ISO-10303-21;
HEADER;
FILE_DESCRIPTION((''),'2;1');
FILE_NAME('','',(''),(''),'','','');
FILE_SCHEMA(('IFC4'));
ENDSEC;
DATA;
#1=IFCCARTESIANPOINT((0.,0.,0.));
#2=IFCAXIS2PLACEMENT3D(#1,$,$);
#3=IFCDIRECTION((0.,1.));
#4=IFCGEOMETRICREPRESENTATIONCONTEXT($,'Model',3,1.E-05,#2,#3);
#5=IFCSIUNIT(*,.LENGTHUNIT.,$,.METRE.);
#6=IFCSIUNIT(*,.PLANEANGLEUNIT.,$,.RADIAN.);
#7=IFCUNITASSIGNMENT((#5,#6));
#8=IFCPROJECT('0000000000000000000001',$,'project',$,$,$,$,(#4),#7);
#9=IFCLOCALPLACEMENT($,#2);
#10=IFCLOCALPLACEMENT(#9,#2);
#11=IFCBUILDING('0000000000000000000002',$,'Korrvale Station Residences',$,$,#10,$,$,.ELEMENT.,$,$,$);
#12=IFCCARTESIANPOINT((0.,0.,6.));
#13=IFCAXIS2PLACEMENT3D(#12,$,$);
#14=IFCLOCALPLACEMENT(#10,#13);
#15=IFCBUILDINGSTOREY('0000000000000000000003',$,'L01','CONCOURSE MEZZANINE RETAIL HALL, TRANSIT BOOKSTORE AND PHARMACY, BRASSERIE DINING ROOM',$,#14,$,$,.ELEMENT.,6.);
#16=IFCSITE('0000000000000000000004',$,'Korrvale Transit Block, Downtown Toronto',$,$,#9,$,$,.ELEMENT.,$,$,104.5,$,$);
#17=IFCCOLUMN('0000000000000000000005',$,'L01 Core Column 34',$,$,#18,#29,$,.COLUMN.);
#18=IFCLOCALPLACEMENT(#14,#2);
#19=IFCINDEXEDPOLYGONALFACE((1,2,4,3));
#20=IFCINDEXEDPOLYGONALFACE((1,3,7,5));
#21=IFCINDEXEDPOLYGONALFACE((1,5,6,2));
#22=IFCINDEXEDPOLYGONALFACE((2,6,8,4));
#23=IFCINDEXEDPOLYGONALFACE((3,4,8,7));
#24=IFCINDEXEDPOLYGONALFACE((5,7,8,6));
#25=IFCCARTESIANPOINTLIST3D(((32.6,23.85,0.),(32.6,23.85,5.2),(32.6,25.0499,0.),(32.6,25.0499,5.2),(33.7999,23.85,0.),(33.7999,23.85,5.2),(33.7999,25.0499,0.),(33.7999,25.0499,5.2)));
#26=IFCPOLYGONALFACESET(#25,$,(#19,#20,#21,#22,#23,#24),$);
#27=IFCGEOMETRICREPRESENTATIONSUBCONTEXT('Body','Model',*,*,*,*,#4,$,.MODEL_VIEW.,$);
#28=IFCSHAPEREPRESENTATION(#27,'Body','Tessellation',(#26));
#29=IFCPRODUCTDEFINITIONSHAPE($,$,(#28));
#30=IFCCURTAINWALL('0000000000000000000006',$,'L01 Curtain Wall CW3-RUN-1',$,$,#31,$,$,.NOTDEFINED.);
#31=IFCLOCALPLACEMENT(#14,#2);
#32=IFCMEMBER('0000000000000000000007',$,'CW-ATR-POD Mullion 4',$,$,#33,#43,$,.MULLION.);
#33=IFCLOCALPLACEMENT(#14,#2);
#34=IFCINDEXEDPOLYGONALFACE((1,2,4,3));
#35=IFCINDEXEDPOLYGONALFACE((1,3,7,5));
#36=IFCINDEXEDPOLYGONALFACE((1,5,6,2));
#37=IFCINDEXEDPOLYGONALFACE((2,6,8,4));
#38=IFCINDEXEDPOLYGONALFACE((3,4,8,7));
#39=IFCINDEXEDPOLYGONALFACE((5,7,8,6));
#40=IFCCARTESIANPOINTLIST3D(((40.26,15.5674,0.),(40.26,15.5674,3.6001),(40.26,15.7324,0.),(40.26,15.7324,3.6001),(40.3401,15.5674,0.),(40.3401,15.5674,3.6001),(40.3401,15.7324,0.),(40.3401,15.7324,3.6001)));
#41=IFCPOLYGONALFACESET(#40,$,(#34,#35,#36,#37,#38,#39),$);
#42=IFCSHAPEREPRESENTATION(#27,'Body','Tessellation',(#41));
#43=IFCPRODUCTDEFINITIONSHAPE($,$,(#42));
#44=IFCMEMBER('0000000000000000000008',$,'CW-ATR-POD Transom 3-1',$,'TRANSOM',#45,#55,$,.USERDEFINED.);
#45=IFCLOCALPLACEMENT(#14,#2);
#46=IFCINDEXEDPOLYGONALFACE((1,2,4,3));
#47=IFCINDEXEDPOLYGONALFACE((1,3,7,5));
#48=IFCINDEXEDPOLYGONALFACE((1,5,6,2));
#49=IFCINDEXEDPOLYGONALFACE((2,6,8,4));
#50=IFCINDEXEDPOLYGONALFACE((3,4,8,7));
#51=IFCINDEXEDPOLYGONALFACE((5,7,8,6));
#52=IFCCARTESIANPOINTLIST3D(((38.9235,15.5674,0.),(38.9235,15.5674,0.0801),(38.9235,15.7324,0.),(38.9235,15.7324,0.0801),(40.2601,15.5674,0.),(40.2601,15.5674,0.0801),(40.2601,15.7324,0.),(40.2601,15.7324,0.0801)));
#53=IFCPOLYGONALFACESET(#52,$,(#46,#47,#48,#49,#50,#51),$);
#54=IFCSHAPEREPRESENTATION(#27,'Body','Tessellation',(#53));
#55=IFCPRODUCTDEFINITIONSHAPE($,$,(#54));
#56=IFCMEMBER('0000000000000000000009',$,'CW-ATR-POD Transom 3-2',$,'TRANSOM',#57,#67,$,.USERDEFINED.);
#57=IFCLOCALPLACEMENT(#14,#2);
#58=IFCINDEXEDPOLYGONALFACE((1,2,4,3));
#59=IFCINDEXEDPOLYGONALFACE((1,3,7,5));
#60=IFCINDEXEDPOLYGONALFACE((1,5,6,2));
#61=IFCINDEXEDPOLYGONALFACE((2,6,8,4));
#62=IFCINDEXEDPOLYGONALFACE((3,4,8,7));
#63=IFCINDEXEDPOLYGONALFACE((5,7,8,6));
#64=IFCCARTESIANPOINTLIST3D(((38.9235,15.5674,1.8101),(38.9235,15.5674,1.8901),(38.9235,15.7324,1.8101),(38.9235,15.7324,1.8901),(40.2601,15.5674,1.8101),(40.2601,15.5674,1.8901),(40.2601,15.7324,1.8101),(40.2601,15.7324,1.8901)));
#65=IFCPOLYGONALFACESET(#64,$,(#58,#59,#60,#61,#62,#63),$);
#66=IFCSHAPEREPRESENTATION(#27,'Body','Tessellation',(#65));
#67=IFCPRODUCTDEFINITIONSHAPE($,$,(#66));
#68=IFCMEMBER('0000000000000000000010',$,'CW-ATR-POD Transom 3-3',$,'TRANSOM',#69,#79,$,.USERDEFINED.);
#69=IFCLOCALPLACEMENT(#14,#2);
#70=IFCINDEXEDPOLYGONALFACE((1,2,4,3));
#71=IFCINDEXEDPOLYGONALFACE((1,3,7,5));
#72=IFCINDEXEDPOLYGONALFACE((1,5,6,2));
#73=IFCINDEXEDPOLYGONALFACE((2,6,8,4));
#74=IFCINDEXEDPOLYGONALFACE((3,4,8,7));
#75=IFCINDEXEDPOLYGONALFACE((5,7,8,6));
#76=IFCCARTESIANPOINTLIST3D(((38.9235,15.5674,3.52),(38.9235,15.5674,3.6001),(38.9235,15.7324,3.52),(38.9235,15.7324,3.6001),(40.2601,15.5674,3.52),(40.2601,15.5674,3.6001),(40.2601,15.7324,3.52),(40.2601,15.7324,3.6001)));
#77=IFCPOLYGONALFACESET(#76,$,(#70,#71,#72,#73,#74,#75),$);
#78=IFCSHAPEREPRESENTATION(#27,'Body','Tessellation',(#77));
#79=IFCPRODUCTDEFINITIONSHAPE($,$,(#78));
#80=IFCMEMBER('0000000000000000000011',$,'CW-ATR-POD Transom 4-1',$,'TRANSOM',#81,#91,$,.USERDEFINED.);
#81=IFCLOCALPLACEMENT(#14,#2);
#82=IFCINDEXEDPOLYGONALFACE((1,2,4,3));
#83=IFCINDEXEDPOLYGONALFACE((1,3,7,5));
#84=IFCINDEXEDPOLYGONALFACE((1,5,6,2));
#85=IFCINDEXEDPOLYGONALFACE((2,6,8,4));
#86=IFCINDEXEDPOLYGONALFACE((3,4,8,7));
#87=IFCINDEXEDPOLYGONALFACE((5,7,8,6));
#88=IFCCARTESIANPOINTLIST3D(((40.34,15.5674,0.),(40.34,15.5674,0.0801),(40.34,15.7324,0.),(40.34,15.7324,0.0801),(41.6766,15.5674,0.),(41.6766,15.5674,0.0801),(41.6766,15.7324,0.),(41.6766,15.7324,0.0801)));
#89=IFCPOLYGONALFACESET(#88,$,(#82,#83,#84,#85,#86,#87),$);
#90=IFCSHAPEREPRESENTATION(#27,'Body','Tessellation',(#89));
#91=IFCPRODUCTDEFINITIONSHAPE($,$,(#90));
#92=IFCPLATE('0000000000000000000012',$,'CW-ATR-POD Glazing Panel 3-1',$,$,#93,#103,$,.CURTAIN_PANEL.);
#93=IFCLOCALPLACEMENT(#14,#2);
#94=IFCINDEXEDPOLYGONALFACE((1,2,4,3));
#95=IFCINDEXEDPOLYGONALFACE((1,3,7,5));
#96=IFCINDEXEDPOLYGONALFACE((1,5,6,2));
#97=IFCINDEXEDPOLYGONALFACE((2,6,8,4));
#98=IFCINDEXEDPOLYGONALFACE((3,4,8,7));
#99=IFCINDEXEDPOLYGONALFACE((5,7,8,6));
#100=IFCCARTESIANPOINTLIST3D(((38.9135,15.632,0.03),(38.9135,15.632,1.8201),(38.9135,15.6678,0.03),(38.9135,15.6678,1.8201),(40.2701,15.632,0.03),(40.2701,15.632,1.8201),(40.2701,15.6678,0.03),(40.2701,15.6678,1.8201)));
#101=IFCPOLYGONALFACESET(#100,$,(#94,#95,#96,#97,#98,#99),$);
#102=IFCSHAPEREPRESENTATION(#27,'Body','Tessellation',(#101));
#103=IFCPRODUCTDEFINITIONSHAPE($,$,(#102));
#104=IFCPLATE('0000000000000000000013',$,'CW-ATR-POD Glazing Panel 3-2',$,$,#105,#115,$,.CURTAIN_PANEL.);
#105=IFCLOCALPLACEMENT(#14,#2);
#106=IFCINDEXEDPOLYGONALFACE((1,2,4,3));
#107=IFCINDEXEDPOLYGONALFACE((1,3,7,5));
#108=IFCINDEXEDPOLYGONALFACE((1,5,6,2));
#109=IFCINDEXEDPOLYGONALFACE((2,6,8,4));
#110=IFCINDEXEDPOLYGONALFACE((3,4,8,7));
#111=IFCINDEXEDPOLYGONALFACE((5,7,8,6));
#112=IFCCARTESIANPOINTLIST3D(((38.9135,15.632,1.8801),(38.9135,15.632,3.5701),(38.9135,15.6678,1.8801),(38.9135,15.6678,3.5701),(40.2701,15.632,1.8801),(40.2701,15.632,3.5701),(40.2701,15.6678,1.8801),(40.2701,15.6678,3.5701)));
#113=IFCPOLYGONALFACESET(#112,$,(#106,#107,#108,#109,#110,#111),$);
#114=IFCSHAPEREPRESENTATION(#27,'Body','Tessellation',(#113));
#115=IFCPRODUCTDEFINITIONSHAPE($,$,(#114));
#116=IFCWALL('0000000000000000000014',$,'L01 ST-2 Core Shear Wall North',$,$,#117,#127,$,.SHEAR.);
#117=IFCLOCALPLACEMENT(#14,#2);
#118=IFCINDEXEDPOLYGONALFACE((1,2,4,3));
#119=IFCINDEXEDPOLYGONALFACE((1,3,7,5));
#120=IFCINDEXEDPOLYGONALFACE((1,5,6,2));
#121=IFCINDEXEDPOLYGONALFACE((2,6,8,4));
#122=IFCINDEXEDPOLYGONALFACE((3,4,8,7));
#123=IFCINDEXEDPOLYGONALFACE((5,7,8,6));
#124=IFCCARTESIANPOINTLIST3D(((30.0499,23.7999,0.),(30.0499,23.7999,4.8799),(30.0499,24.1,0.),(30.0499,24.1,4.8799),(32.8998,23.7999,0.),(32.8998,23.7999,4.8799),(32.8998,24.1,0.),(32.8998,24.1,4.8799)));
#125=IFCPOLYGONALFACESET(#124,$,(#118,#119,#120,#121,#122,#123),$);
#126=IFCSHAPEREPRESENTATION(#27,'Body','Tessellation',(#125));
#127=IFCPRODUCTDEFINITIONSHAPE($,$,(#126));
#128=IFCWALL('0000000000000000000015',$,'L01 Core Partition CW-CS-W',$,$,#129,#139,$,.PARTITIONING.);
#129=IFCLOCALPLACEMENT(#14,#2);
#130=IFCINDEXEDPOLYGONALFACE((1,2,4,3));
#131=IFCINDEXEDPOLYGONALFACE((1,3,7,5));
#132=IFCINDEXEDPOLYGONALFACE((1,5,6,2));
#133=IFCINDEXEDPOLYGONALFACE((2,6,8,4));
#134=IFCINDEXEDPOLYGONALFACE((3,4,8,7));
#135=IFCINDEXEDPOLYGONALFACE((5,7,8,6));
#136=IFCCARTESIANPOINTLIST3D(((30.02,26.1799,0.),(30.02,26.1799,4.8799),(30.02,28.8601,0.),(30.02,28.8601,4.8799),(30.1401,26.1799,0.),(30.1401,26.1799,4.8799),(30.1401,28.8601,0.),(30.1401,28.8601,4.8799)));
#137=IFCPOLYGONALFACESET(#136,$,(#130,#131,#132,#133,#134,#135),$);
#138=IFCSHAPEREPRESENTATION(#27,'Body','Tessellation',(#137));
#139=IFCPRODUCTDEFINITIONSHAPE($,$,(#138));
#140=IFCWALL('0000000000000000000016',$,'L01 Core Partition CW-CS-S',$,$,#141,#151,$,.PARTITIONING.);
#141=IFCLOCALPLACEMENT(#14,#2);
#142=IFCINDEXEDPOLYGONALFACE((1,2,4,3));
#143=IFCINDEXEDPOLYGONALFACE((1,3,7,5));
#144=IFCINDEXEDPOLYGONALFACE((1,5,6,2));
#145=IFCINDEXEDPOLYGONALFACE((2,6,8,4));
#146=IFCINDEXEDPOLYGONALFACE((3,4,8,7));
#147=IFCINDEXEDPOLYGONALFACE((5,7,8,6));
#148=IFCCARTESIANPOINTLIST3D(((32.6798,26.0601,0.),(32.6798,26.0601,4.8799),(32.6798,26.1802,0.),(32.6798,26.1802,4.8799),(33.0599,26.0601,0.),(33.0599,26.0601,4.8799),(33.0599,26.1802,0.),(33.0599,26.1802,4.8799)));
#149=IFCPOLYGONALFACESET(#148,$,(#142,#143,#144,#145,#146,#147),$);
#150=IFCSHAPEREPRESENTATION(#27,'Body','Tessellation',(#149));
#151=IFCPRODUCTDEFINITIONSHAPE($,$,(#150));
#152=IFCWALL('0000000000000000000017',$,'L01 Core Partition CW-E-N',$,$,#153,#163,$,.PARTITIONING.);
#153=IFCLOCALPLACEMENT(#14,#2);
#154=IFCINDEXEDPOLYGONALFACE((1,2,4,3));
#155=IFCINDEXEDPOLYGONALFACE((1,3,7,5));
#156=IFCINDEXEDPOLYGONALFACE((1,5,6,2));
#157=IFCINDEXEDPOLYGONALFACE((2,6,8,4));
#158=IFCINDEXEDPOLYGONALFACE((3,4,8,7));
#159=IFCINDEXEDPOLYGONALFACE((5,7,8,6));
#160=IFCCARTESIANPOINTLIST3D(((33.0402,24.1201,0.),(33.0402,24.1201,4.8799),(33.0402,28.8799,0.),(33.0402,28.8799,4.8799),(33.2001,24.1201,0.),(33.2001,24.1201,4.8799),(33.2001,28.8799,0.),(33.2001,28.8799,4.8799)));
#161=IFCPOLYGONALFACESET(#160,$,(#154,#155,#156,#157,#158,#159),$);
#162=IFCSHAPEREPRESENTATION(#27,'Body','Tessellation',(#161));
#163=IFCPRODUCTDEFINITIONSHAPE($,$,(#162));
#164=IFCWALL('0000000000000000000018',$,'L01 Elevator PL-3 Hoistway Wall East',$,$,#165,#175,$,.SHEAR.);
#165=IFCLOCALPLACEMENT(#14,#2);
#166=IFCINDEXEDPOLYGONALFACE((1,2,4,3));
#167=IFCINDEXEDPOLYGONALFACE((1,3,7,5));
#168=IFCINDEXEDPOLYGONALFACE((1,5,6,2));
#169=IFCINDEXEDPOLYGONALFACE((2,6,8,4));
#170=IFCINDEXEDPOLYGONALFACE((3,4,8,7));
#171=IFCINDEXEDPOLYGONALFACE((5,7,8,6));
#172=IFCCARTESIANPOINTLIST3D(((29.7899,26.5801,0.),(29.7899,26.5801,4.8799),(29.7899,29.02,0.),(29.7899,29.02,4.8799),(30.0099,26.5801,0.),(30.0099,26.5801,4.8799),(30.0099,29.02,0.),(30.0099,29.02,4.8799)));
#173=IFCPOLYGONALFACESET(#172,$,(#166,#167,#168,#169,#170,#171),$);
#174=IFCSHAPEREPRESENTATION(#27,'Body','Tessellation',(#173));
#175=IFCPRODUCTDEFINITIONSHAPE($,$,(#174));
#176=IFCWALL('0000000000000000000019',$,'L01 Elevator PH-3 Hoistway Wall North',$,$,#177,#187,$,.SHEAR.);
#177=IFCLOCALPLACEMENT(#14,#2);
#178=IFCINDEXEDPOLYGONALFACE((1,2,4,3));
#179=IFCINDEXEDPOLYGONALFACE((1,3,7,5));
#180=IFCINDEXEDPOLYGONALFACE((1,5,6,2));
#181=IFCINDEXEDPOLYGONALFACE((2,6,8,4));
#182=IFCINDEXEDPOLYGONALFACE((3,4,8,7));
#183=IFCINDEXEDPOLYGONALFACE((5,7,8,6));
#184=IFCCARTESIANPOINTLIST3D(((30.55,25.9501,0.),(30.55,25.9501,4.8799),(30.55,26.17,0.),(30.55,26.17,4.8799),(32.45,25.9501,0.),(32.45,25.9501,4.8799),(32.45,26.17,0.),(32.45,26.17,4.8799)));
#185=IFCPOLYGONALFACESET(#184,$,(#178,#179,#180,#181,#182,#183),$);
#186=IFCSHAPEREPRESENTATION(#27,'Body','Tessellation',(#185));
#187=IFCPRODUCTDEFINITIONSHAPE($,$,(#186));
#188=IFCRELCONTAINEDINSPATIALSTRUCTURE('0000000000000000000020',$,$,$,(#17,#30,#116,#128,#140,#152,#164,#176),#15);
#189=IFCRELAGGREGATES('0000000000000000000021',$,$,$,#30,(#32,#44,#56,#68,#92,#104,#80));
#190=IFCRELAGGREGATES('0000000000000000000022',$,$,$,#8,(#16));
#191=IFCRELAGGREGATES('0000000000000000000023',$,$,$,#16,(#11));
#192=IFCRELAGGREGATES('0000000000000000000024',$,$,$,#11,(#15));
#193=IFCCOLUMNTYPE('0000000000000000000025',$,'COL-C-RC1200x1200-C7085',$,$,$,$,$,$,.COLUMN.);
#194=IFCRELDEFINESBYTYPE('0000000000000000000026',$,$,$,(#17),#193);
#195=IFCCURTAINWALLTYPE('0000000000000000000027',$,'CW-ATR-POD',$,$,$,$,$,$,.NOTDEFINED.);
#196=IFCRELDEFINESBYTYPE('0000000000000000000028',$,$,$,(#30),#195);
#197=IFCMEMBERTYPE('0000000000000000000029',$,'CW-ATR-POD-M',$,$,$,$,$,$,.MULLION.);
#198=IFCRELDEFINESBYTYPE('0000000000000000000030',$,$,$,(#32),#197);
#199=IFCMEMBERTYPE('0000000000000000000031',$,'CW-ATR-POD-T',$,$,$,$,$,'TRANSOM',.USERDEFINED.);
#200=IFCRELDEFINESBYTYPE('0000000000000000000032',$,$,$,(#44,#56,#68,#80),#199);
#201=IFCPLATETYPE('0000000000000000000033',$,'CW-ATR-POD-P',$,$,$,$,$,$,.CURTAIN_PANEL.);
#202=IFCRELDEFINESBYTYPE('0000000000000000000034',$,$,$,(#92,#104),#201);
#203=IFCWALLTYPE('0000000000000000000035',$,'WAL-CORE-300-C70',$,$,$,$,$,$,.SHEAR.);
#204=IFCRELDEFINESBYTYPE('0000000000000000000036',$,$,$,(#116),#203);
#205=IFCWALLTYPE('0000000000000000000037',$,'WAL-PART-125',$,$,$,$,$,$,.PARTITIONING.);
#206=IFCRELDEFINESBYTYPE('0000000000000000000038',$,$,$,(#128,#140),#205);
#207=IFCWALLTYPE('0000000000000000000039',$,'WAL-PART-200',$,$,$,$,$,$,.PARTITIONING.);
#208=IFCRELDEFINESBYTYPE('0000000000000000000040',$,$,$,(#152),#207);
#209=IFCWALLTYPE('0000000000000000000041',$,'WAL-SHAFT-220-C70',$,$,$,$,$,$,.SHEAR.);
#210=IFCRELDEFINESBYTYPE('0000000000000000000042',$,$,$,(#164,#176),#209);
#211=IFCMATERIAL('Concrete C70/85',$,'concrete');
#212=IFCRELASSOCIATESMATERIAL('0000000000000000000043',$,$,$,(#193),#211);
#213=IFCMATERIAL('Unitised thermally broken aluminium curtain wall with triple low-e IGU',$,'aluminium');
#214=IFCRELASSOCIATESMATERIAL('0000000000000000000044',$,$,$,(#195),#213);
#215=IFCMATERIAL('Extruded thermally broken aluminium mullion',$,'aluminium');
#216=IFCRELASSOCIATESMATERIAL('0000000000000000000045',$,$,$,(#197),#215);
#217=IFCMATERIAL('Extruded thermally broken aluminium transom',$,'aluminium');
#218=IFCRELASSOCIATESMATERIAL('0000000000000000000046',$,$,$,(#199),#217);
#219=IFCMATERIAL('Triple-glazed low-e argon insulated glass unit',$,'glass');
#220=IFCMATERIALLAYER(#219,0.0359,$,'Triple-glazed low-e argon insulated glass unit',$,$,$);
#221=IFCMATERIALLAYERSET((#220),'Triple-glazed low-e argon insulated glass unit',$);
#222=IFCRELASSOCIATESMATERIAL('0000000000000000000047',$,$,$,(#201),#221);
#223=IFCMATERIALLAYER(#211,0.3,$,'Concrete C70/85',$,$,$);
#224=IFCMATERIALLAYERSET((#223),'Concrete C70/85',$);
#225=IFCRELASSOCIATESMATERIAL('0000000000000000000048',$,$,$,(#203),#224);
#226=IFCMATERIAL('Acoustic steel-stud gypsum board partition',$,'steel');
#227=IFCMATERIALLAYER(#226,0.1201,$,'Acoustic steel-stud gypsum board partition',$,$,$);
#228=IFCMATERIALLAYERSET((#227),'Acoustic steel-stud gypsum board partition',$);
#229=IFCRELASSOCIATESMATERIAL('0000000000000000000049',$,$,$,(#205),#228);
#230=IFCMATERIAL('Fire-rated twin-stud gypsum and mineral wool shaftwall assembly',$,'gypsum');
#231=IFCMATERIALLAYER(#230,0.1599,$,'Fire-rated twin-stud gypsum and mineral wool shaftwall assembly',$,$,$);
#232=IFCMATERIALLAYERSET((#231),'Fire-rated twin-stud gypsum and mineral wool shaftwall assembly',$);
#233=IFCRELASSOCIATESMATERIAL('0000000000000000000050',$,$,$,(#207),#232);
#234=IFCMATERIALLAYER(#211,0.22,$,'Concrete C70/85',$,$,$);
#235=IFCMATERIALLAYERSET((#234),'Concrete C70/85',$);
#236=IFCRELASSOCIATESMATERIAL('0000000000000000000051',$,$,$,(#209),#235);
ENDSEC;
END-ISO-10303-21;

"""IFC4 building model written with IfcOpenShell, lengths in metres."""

from ifc_helpers import new_model, si_unit, direction, frame, frame_2d, origin, origin_2d, place, context, subcontext, project, spatial, rectangle, extrude, material, layer, layer_set, material_profile, profile_set, type_object, element, aggregate, save


model = new_model("IFC4")

# Units and contexts
model_context = context("Model", 3, precision=1e-05, world=origin(), true_north=direction((0.0, 1.0)))
body_context = subcontext(model_context, "Body", "Model", "MODEL_VIEW")
ifc_project = project(units=[si_unit("LENGTHUNIT", "METRE"), si_unit("PLANEANGLEUNIT", "RADIAN")], contexts=[model_context])

# Site, building, storey
site_placement = place(None, origin())
site = spatial("IfcSite", under=ifc_project, at=site_placement, Name="Korrvale Transit Block, Downtown Toronto", CompositionType="ELEMENT", RefElevation=104.5)
building_placement = place(site_placement, origin())
building = spatial("IfcBuilding", under=site, at=building_placement, Name="Korrvale Station Residences", CompositionType="ELEMENT")
storey_placement = place(building_placement, frame((0.0, 0.0, 6.0)))
storey = spatial("IfcBuildingStorey", under=building, at=storey_placement, Name="L01", Description="CONCOURSE MEZZANINE RETAIL HALL, TRANSIT BOOKSTORE AND PHARMACY, BRASSERIE DINING ROOM", CompositionType="ELEMENT", Elevation=6.0)

# Column
ifc_material_1 = material(Name="Concrete C70/85", Category="concrete")
ifc_material_profile = material_profile(ifc_material_1, rectangle(XDim=1.2, YDim=1.2, at=origin_2d()), Name="RC1200x1200")
ifc_profile_set = profile_set([ifc_material_profile], Name="Concrete C70/85")
column_type = type_object("IfcColumnType", Name="COL-C-RC1200x1200-C7085", PredefinedType="COLUMN", material=ifc_profile_set)
column_placement = place(storey_placement, frame((33.2, 24.45, 0.0), z_axis=(0.0, 0.0, 1.0), x_axis=(1.0, 0.0, 0.0)))
element("IfcColumn", 1, at=column_placement, inside=storey, type_object=column_type, Name="L01 Core Column 34", PredefinedType="COLUMN", context=body_context, shape_type="SweptSolid", body=[
    extrude(rectangle(XDim=1.2, YDim=1.2, at=origin_2d()), origin(), (0.0, 0.0, 1.0), 5.2),
])

# Curtain wall, members, plates
ifc_material_2 = material(Name="Unitised thermally broken aluminium curtain wall with triple low-e IGU", Category="aluminium")
curtain_wall_type = type_object("IfcCurtainWallType", Name="CW-ATR-POD", PredefinedType="NOTDEFINED", material=ifc_material_2)
curtain_wall_placement = place(storey_placement, origin())
curtain_wall = element("IfcCurtainWall", 2, at=curtain_wall_placement, inside=storey, type_object=curtain_wall_type, Name="L01 Curtain Wall CW3-RUN-1", PredefinedType="NOTDEFINED")
ifc_material_3 = material(Name="Extruded thermally broken aluminium mullion", Category="aluminium")
member_type_1 = type_object("IfcMemberType", Name="CW-ATR-POD-M", PredefinedType="MULLION", material=ifc_material_3)
member_1_placement = place(storey_placement, frame((40.3, 15.6499, 0.0), z_axis=(0.0, 0.0, 1.0), x_axis=(1.0, 0.0, 0.0)))
member_1 = element("IfcMember", 3, at=member_1_placement, type_object=member_type_1, Name="CW-ATR-POD Mullion 4", PredefinedType="MULLION", context=body_context, shape_type="SweptSolid", body=[
    extrude(rectangle(XDim=0.0801, YDim=0.165, at=origin_2d()), origin(), (0.0, 0.0, 1.0), 3.6001),
])
ifc_material_4 = material(Name="Extruded thermally broken aluminium transom", Category="aluminium")
member_type_2 = type_object("IfcMemberType", Name="CW-ATR-POD-T", ElementType="TRANSOM", PredefinedType="USERDEFINED", material=ifc_material_4)
member_2_placement = place(storey_placement, frame((39.5918, 15.6499, 0.0), z_axis=(0.0, 0.0, 1.0), x_axis=(1.0, 0.0, 0.0)))
member_2 = element("IfcMember", 4, at=member_2_placement, type_object=member_type_2, Name="CW-ATR-POD Transom 3-1", ObjectType="TRANSOM", PredefinedType="USERDEFINED", context=body_context, shape_type="SweptSolid", body=[
    extrude(rectangle(XDim=1.3367, YDim=0.165, at=origin_2d()), origin(), (0.0, 0.0, 1.0), 0.0801),
])
member_3_placement = place(storey_placement, frame((39.5918, 15.6499, 1.8101), z_axis=(0.0, 0.0, 1.0), x_axis=(1.0, 0.0, 0.0)))
member_3 = element("IfcMember", 5, at=member_3_placement, type_object=member_type_2, Name="CW-ATR-POD Transom 3-2", ObjectType="TRANSOM", PredefinedType="USERDEFINED", context=body_context, shape_type="SweptSolid", body=[
    extrude(rectangle(XDim=1.3367, YDim=0.165, at=origin_2d()), origin(), (0.0, 0.0, 1.0), 0.0801),
])
member_4_placement = place(storey_placement, frame((39.5918, 15.6499, 3.52), z_axis=(0.0, 0.0, 1.0), x_axis=(1.0, 0.0, 0.0)))
member_4 = element("IfcMember", 6, at=member_4_placement, type_object=member_type_2, Name="CW-ATR-POD Transom 3-3", ObjectType="TRANSOM", PredefinedType="USERDEFINED", context=body_context, shape_type="SweptSolid", body=[
    extrude(rectangle(XDim=1.3367, YDim=0.165, at=origin_2d()), origin(), (0.0, 0.0, 1.0), 0.0801),
])
member_5_placement = place(storey_placement, frame((41.0083, 15.6499, 0.0), z_axis=(0.0, 0.0, 1.0), x_axis=(1.0, 0.0, 0.0)))
member_5 = element("IfcMember", 7, at=member_5_placement, type_object=member_type_2, Name="CW-ATR-POD Transom 4-1", ObjectType="TRANSOM", PredefinedType="USERDEFINED", context=body_context, shape_type="SweptSolid", body=[
    extrude(rectangle(XDim=1.3367, YDim=0.165, at=origin_2d()), origin(), (0.0, 0.0, 1.0), 0.0801),
])
ifc_material_5 = material(Name="Triple-glazed low-e argon insulated glass unit", Category="glass")
ifc_layer_1 = layer(ifc_material_5, 0.0359, Name="Triple-glazed low-e argon insulated glass unit")
ifc_layer_set_1 = layer_set([ifc_layer_1], Name="Triple-glazed low-e argon insulated glass unit")
plate_type = type_object("IfcPlateType", Name="CW-ATR-POD-P", PredefinedType="CURTAIN_PANEL", material=ifc_layer_set_1)
plate_1_placement = place(storey_placement, frame((39.5918, 15.6499, 0.03), z_axis=(0.0, 0.0, 1.0), x_axis=(1.0, 0.0, 0.0)))
plate_1 = element("IfcPlate", 8, at=plate_1_placement, type_object=plate_type, Name="CW-ATR-POD Glazing Panel 3-1", PredefinedType="CURTAIN_PANEL", context=body_context, shape_type="SweptSolid", body=[
    extrude(rectangle(XDim=1.3567, YDim=0.0359, at=origin_2d()), origin(), (0.0, 0.0, 1.0), 1.79),
])
plate_2_placement = place(storey_placement, frame((39.5918, 15.6499, 1.8801), z_axis=(0.0, 0.0, 1.0), x_axis=(1.0, 0.0, 0.0)))
plate_2 = element("IfcPlate", 9, at=plate_2_placement, type_object=plate_type, Name="CW-ATR-POD Glazing Panel 3-2", PredefinedType="CURTAIN_PANEL", context=body_context, shape_type="SweptSolid", body=[
    extrude(rectangle(XDim=1.3567, YDim=0.0359, at=origin_2d()), origin(), (0.0, 0.0, 1.0), 1.6899),
])
aggregate(curtain_wall, [member_1, member_2, member_3, member_4, plate_1, plate_2, member_5])

# Walls
ifc_layer_2 = layer(ifc_material_1, 0.3, Name="Concrete C70/85")
ifc_layer_set_2 = layer_set([ifc_layer_2], Name="Concrete C70/85")
wall_type_1 = type_object("IfcWallType", Name="WAL-CORE-300-C70", PredefinedType="SHEAR", material=ifc_layer_set_2)
wall_1_placement = place(storey_placement, frame((30.05, 23.95, 0.0), z_axis=(0.0, 0.0, 1.0), x_axis=(1.0, 0.0, 0.0)))
element("IfcWall", 10, at=wall_1_placement, inside=storey, type_object=wall_type_1, Name="L01 ST-2 Core Shear Wall North", PredefinedType="SHEAR", context=body_context, shape_type="SweptSolid", body=[
    extrude(rectangle(XDim=2.8499, YDim=0.3, at=frame_2d((1.4248, 0.0))), origin(), (0.0, 0.0, 1.0), 4.8799),
])
ifc_material_6 = material(Name="Acoustic steel-stud gypsum board partition", Category="steel")
ifc_layer_3 = layer(ifc_material_6, 0.1201, Name="Acoustic steel-stud gypsum board partition")
ifc_layer_set_3 = layer_set([ifc_layer_3], Name="Acoustic steel-stud gypsum board partition")
wall_type_2 = type_object("IfcWallType", Name="WAL-PART-125", PredefinedType="PARTITIONING", material=ifc_layer_set_3)
wall_2_placement = place(storey_placement, frame((30.0801, 26.1799, 0.0), z_axis=(0.0, 0.0, 1.0), x_axis=(0.0, 1.0, 0.0)))
element("IfcWall", 11, at=wall_2_placement, inside=storey, type_object=wall_type_2, Name="L01 Core Partition CW-CS-W", PredefinedType="PARTITIONING", context=body_context, shape_type="SweptSolid", body=[
    extrude(rectangle(XDim=2.6802, YDim=0.1201, at=frame_2d((1.3401, 0.0))), origin(), (0.0, 0.0, 1.0), 4.8799),
])
wall_3_placement = place(storey_placement, frame((32.6799, 26.1201, 0.0), z_axis=(0.0, 0.0, 1.0), x_axis=(1.0, 0.0, 0.0)))
element("IfcWall", 12, at=wall_3_placement, inside=storey, type_object=wall_type_2, Name="L01 Core Partition CW-CS-S", PredefinedType="PARTITIONING", context=body_context, shape_type="SweptSolid", body=[
    extrude(rectangle(XDim=0.3801, YDim=0.1201, at=frame_2d((0.1899, 0.0))), origin(), (0.0, 0.0, 1.0), 4.8799),
])
ifc_material_7 = material(Name="Fire-rated twin-stud gypsum and mineral wool shaftwall assembly", Category="gypsum")
ifc_layer_4 = layer(ifc_material_7, 0.1599, Name="Fire-rated twin-stud gypsum and mineral wool shaftwall assembly")
ifc_layer_set_4 = layer_set([ifc_layer_4], Name="Fire-rated twin-stud gypsum and mineral wool shaftwall assembly")
wall_type_3 = type_object("IfcWallType", Name="WAL-PART-200", PredefinedType="PARTITIONING", material=ifc_layer_set_4)
wall_4_placement = place(storey_placement, frame((33.1201, 24.1201, 0.0), z_axis=(0.0, 0.0, 1.0), x_axis=(0.0, 1.0, 0.0)))
element("IfcWall", 13, at=wall_4_placement, inside=storey, type_object=wall_type_3, Name="L01 Core Partition CW-E-N", PredefinedType="PARTITIONING", context=body_context, shape_type="SweptSolid", body=[
    extrude(rectangle(XDim=4.7598, YDim=0.1599, at=frame_2d((2.3799, 0.0))), origin(), (0.0, 0.0, 1.0), 4.8799),
])
ifc_layer_5 = layer(ifc_material_1, 0.22, Name="Concrete C70/85")
ifc_layer_set_5 = layer_set([ifc_layer_5], Name="Concrete C70/85")
wall_type_4 = type_object("IfcWallType", Name="WAL-SHAFT-220-C70", PredefinedType="SHEAR", material=ifc_layer_set_5)
wall_5_placement = place(storey_placement, frame((29.8999, 26.5801, 0.0), z_axis=(0.0, 0.0, 1.0), x_axis=(0.0, 1.0, 0.0)))
element("IfcWall", 14, at=wall_5_placement, inside=storey, type_object=wall_type_4, Name="L01 Elevator PL-3 Hoistway Wall East", PredefinedType="SHEAR", context=body_context, shape_type="SweptSolid", body=[
    extrude(rectangle(XDim=2.4399, YDim=0.22, at=frame_2d((1.22, 0.0))), origin(), (0.0, 0.0, 1.0), 4.8799),
])
wall_6_placement = place(storey_placement, frame((30.55, 26.0601, 0.0), z_axis=(0.0, 0.0, 1.0), x_axis=(1.0, 0.0, 0.0)))
element("IfcWall", 15, at=wall_6_placement, inside=storey, type_object=wall_type_4, Name="L01 Elevator PH-3 Hoistway Wall North", PredefinedType="SHEAR", context=body_context, shape_type="SweptSolid", body=[
    extrude(rectangle(XDim=1.8999, YDim=0.22, at=frame_2d((0.95, 0.0))), origin(), (0.0, 0.0, 1.0), 4.8799),
])

save(model, "model.ifc")
